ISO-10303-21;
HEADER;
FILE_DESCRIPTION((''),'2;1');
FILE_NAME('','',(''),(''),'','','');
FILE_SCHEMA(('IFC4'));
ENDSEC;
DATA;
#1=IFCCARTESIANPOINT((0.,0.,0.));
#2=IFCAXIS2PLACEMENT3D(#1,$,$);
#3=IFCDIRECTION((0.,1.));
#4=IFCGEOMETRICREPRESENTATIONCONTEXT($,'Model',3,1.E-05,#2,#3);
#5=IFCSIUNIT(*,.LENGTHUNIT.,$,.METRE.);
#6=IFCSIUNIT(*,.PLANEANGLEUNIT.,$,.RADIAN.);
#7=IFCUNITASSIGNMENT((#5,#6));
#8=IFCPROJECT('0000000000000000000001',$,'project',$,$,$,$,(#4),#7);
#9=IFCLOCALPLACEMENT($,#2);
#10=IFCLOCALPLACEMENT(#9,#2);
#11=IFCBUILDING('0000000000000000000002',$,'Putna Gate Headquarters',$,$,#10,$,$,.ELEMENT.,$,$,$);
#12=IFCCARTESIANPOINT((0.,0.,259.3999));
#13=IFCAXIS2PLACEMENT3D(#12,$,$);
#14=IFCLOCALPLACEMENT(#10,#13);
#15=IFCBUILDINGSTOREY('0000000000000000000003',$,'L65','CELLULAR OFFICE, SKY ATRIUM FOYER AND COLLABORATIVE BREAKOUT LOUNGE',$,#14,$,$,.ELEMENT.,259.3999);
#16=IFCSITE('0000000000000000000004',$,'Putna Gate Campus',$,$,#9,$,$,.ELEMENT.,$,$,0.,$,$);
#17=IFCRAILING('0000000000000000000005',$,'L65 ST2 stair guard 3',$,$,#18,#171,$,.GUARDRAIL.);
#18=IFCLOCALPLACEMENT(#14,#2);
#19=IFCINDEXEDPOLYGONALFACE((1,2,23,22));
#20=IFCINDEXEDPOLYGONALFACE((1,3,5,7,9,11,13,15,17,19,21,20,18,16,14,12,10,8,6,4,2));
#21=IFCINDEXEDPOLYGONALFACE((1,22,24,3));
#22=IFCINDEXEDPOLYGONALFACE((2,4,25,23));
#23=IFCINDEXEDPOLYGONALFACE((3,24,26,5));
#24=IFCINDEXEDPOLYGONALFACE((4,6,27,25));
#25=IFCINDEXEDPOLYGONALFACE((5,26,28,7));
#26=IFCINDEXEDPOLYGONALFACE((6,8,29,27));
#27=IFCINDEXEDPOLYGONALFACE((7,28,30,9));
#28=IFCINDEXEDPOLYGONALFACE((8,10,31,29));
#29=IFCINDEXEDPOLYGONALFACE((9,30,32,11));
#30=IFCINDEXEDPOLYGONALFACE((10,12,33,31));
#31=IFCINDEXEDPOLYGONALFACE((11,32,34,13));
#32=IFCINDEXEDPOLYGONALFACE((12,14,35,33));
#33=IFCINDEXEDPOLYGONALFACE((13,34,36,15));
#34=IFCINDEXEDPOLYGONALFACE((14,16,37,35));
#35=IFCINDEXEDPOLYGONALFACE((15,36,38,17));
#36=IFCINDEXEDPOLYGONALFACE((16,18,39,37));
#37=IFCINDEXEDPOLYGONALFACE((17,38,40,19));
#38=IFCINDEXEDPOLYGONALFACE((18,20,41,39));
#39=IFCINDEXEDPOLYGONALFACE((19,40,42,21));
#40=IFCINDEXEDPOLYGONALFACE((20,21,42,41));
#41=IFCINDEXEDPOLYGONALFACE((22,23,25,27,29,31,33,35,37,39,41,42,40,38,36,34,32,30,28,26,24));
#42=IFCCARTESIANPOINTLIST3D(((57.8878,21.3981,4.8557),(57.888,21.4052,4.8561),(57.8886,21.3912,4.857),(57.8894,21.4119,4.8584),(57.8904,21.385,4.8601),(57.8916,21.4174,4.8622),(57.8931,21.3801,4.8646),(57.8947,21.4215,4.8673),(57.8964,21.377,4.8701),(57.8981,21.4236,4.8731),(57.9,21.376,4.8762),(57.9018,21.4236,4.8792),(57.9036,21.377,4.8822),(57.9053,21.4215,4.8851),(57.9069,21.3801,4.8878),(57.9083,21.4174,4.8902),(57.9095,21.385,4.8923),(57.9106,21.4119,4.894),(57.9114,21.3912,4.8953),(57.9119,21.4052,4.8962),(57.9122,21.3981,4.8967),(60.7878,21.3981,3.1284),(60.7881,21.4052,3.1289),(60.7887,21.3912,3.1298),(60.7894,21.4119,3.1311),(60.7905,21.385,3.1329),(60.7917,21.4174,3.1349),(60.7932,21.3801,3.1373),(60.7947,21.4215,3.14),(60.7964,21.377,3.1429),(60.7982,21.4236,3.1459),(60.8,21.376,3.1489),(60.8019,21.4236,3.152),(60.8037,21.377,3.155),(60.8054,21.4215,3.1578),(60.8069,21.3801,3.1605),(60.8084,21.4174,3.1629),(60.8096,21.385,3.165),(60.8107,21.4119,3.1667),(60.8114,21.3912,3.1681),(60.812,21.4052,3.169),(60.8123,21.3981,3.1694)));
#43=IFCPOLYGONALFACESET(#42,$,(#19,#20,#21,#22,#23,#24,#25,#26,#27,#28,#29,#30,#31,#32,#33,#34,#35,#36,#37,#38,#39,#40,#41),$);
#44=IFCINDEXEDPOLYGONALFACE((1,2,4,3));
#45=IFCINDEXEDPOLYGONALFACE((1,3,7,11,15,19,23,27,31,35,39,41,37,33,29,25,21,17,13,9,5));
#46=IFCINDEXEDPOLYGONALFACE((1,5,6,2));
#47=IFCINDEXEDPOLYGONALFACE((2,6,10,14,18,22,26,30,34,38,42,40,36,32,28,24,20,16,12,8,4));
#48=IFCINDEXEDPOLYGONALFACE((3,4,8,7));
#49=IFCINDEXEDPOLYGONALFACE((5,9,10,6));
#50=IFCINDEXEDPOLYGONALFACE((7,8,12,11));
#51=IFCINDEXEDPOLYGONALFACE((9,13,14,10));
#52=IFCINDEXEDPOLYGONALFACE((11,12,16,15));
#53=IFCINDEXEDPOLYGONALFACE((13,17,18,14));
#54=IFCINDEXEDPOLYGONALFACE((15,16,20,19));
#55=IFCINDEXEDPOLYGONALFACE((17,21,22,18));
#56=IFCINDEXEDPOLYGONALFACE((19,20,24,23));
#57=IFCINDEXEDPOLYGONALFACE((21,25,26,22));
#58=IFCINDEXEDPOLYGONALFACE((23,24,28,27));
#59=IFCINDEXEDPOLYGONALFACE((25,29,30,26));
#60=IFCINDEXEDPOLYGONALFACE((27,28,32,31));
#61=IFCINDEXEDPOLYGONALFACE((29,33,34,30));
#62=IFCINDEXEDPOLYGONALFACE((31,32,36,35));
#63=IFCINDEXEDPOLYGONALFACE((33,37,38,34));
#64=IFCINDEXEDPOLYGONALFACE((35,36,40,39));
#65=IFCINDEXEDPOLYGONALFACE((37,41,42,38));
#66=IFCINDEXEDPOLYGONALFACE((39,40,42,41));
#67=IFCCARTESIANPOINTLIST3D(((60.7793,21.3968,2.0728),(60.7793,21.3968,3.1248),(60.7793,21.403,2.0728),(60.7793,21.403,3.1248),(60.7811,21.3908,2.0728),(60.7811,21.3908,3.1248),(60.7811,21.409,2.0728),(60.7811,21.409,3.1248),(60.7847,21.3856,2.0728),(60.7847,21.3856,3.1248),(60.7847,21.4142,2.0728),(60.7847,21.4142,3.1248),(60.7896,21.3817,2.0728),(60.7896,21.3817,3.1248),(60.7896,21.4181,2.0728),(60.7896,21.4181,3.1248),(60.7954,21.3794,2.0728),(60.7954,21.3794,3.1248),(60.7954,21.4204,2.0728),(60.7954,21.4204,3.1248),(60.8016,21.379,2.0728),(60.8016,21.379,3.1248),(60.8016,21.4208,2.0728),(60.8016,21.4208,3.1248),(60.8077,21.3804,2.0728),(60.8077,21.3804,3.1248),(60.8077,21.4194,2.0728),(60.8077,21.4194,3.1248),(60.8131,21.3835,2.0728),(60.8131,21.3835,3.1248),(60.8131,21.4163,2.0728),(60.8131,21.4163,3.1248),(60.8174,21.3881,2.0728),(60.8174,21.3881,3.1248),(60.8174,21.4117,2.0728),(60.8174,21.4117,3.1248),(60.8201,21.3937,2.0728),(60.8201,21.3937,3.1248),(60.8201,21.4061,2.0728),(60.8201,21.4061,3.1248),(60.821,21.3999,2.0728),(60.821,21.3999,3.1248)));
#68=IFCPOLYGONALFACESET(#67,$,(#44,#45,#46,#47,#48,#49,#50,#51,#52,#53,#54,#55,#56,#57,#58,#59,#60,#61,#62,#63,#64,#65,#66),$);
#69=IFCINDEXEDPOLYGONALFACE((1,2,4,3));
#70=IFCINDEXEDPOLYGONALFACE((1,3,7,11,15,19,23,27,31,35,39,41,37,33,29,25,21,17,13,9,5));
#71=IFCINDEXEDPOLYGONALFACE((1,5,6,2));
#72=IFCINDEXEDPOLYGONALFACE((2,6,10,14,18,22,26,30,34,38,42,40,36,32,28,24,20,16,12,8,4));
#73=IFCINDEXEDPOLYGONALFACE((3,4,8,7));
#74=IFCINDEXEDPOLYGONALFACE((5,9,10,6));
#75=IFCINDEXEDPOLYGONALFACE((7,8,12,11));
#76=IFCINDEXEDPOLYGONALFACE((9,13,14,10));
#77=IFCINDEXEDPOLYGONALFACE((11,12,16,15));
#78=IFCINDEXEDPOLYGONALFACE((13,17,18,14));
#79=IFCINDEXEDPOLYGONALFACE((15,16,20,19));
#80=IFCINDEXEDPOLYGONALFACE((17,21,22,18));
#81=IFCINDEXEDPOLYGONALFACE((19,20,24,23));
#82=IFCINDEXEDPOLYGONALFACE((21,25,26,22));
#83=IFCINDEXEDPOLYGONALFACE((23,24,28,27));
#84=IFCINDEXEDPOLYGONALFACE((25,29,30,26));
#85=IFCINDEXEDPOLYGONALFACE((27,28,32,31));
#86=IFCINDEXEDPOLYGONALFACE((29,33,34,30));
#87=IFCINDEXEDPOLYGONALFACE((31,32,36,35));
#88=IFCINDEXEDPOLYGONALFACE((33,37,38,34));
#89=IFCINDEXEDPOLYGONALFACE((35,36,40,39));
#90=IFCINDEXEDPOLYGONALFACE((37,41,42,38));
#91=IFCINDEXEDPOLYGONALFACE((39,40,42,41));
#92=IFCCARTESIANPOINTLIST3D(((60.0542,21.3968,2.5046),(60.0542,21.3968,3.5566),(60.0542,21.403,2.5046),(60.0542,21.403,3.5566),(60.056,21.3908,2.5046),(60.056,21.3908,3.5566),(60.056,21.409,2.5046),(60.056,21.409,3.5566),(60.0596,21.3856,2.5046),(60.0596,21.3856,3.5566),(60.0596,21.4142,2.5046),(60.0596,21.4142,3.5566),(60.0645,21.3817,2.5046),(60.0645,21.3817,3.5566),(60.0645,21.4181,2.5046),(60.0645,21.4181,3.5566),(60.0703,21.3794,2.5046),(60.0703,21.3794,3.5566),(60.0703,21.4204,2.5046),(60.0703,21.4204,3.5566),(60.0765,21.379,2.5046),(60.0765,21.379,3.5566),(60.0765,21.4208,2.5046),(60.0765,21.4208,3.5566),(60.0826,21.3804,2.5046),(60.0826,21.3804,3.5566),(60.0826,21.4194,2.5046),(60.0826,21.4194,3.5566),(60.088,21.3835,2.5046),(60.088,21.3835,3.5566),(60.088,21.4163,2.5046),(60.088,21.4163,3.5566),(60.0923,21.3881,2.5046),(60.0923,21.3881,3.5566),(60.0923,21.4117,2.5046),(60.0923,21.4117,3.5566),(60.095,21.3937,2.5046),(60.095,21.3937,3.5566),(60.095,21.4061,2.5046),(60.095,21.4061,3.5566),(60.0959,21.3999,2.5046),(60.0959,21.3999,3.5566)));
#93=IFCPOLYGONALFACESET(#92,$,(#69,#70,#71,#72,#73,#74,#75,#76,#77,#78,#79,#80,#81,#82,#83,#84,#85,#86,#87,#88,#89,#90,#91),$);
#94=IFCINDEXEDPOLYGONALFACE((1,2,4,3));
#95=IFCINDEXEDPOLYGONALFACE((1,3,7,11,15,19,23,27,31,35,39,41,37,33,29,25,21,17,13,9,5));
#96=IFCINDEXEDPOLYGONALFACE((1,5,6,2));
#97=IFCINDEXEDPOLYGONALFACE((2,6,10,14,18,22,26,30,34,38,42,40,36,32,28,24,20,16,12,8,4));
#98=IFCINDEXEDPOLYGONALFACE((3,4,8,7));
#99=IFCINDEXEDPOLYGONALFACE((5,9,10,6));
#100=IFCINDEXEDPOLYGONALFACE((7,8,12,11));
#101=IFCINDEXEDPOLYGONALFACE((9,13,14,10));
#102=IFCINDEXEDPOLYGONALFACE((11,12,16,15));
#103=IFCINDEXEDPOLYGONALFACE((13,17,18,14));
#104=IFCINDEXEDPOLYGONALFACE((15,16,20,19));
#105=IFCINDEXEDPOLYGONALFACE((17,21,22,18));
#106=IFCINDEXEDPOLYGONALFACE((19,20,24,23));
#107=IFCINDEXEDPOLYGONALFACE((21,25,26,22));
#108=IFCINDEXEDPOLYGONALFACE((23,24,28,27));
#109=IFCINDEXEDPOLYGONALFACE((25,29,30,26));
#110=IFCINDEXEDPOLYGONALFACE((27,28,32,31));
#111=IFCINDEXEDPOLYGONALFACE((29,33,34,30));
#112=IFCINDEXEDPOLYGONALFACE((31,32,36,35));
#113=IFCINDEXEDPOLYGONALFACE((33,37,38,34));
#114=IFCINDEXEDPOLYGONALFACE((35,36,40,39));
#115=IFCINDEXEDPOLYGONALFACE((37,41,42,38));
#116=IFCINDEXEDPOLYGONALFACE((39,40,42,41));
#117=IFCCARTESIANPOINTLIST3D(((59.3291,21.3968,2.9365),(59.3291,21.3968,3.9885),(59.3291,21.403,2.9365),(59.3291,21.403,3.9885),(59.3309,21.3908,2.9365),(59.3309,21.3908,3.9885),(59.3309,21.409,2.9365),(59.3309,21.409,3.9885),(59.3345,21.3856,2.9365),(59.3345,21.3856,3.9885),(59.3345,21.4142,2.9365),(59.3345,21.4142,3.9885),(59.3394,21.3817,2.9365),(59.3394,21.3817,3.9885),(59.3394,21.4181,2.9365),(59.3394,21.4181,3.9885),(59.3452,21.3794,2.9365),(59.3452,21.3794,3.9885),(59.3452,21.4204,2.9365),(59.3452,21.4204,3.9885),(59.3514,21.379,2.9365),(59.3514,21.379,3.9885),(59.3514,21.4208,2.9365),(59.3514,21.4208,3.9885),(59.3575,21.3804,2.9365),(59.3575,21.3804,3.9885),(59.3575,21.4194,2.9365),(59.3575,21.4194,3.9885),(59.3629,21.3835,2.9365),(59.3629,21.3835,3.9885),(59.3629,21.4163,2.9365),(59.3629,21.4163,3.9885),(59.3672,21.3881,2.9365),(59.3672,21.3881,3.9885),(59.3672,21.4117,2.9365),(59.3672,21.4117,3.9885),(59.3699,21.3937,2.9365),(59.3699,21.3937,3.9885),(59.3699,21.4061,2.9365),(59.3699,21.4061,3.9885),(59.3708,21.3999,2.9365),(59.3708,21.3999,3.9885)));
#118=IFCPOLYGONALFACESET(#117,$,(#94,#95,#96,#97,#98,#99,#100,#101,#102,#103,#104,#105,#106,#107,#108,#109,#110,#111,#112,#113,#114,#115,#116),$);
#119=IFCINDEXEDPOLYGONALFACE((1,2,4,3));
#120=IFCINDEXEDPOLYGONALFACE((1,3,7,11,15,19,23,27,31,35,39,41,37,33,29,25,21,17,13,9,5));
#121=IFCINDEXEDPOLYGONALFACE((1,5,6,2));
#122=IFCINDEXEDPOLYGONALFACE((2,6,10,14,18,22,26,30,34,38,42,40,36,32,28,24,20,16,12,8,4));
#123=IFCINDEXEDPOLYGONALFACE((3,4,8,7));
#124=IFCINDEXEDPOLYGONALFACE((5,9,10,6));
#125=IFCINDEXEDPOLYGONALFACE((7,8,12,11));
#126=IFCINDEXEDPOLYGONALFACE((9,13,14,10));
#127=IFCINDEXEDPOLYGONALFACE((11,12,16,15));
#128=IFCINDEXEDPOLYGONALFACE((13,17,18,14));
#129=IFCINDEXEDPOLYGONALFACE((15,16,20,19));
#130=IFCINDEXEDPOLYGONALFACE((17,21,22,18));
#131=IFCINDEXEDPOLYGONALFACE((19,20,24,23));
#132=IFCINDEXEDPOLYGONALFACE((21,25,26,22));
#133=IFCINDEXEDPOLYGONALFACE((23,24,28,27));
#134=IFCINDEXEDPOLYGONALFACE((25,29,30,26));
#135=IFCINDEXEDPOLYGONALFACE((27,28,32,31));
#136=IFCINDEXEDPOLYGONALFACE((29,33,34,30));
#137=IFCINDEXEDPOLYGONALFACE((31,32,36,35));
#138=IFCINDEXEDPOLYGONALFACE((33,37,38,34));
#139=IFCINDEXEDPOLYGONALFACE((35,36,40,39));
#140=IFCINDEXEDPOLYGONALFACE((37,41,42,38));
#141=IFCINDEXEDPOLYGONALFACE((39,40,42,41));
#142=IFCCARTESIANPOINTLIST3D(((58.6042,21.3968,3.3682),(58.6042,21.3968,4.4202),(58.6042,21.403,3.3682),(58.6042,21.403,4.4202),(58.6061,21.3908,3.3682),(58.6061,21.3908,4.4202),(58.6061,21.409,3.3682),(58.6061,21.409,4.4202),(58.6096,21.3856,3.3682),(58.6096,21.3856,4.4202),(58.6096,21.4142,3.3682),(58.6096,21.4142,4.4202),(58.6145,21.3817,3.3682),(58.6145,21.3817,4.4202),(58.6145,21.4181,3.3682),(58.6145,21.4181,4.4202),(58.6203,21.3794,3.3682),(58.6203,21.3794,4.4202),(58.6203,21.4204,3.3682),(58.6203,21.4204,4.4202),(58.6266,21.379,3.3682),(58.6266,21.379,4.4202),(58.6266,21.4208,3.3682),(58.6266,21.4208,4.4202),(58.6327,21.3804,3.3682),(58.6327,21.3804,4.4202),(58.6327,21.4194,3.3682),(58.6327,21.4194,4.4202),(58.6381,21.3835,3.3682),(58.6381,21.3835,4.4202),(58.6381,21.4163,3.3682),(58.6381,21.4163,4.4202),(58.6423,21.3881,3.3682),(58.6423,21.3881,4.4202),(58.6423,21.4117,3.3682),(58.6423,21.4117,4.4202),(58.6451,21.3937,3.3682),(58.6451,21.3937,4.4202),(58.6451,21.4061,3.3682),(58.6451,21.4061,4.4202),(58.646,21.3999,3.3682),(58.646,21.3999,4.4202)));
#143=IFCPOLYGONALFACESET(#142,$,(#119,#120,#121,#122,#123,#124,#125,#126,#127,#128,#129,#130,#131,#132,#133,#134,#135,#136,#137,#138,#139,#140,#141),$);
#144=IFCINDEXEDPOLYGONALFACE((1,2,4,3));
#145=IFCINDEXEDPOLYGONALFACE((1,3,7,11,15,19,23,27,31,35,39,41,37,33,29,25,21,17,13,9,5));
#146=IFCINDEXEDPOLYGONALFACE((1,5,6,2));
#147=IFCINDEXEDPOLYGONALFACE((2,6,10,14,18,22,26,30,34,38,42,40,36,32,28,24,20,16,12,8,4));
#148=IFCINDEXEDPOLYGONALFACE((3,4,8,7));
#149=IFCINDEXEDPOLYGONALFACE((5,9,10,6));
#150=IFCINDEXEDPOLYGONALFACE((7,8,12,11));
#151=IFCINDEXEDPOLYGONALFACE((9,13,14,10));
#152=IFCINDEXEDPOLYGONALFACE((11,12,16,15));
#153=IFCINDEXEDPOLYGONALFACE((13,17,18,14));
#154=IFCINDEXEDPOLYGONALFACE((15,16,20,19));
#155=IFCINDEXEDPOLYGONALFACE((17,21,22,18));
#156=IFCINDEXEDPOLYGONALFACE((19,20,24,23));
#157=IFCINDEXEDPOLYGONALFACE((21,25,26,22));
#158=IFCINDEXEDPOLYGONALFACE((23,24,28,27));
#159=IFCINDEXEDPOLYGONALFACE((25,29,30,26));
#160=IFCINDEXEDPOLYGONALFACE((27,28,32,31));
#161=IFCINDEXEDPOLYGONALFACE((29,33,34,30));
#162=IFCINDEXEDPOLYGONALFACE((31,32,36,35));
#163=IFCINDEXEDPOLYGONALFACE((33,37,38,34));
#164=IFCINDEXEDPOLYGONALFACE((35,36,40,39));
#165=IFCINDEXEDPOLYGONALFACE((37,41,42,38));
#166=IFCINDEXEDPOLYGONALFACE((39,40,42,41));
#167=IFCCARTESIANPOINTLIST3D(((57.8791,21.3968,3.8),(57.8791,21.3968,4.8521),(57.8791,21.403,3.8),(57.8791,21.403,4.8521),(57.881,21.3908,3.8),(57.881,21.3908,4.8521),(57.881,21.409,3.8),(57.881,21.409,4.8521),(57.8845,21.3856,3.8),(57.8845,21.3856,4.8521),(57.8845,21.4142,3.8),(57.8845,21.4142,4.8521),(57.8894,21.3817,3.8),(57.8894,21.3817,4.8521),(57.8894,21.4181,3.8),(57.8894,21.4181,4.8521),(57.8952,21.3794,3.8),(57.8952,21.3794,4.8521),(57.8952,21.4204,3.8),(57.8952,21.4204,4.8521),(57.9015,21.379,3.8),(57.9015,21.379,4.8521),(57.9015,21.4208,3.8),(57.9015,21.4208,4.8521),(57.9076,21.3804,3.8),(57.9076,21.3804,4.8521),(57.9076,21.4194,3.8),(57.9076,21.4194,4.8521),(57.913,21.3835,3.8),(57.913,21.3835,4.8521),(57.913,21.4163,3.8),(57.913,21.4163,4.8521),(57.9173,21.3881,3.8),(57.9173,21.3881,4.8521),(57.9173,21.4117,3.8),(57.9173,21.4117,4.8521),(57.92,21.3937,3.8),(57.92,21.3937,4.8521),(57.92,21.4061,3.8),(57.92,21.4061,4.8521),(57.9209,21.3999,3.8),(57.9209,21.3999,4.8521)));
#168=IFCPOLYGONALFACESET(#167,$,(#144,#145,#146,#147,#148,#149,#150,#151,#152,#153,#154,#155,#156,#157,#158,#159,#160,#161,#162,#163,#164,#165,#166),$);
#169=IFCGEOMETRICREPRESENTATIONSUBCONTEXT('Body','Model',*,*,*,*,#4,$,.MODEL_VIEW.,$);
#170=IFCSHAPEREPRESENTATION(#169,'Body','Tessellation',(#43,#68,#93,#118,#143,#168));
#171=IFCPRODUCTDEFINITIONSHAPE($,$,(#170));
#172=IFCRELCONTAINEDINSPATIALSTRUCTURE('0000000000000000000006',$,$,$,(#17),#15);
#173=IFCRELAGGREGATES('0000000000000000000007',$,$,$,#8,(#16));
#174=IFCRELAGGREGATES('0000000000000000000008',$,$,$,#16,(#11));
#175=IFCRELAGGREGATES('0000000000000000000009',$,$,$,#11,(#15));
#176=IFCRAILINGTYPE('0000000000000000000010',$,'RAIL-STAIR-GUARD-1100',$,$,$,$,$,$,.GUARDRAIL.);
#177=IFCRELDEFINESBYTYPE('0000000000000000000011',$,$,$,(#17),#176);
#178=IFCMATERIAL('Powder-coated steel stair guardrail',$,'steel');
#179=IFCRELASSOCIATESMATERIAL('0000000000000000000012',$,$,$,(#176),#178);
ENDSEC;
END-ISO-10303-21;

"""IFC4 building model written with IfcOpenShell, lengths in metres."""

from ifc_helpers import new_model, si_unit, direction, frame, origin, origin_2d, place, context, subcontext, project, spatial, circle, extrude, material, type_object, element, save


model = new_model("IFC4")

# Units and contexts
model_context = context("Model", 3, precision=1e-05, world=origin(), true_north=direction((0.0, 1.0)))
body_context = subcontext(model_context, "Body", "Model", "MODEL_VIEW")
ifc_project = project(units=[si_unit("LENGTHUNIT", "METRE"), si_unit("PLANEANGLEUNIT", "RADIAN")], contexts=[model_context])

# Site, building, storey
site_placement = place(None, origin())
site = spatial("IfcSite", under=ifc_project, at=site_placement, Name="Putna Gate Campus", CompositionType="ELEMENT", RefElevation=0.0)
building_placement = place(site_placement, origin())
building = spatial("IfcBuilding", under=site, at=building_placement, Name="Putna Gate Headquarters", CompositionType="ELEMENT")
storey_placement = place(building_placement, frame((0.0, 0.0, 259.3999)))
storey = spatial("IfcBuildingStorey", under=building, at=storey_placement, Name="L65", Description="CELLULAR OFFICE, SKY ATRIUM FOYER AND COLLABORATIVE BREAKOUT LOUNGE", CompositionType="ELEMENT", Elevation=259.3999)

# Railing
ifc_material_1 = material(Name="Powder-coated steel stair guardrail", Category="steel")
railing_type_1 = type_object("IfcRailingType", Name="RAIL-STAIR-GUARD-1100", PredefinedType="GUARDRAIL", material=ifc_material_1)
railing_1_placement = place(storey_placement, frame((60.8, 21.3999, 2.0728)))
element("IfcRailing", 1, at=railing_1_placement, inside=storey, type_object=railing_type_1, Name="L65 ST2 stair guard 3", PredefinedType="GUARDRAIL", context=body_context, shape_type="SweptSolid", body=[
    extrude(circle(Radius=0.0239, at=origin_2d()), frame((0.0, 0.0, 1.0762), z_axis=(-0.85916, 0.0, 0.511706), x_axis=(0.0, -1.0, 0.0)), (0.0, 0.0, 1.0), 3.3755),
    extrude(circle(Radius=0.021, at=origin_2d()), origin(), (0.0, 0.0, 1.0), 1.052),
    extrude(circle(Radius=0.021, at=origin_2d()), frame((-0.7251, 0.0, 0.4319)), (0.0, 0.0, 1.0), 1.052),
    extrude(circle(Radius=0.021, at=origin_2d()), frame((-1.4502, 0.0, 0.8638)), (0.0, 0.0, 1.0), 1.052),
    extrude(circle(Radius=0.021, at=origin_2d()), frame((-2.175, 0.0, 1.2954)), (0.0, 0.0, 1.0), 1.052),
    extrude(circle(Radius=0.021, at=origin_2d()), frame((-2.9001, 0.0, 1.7273)), (0.0, 0.0, 1.0), 1.052),
])

save(model, "model.ifc")
